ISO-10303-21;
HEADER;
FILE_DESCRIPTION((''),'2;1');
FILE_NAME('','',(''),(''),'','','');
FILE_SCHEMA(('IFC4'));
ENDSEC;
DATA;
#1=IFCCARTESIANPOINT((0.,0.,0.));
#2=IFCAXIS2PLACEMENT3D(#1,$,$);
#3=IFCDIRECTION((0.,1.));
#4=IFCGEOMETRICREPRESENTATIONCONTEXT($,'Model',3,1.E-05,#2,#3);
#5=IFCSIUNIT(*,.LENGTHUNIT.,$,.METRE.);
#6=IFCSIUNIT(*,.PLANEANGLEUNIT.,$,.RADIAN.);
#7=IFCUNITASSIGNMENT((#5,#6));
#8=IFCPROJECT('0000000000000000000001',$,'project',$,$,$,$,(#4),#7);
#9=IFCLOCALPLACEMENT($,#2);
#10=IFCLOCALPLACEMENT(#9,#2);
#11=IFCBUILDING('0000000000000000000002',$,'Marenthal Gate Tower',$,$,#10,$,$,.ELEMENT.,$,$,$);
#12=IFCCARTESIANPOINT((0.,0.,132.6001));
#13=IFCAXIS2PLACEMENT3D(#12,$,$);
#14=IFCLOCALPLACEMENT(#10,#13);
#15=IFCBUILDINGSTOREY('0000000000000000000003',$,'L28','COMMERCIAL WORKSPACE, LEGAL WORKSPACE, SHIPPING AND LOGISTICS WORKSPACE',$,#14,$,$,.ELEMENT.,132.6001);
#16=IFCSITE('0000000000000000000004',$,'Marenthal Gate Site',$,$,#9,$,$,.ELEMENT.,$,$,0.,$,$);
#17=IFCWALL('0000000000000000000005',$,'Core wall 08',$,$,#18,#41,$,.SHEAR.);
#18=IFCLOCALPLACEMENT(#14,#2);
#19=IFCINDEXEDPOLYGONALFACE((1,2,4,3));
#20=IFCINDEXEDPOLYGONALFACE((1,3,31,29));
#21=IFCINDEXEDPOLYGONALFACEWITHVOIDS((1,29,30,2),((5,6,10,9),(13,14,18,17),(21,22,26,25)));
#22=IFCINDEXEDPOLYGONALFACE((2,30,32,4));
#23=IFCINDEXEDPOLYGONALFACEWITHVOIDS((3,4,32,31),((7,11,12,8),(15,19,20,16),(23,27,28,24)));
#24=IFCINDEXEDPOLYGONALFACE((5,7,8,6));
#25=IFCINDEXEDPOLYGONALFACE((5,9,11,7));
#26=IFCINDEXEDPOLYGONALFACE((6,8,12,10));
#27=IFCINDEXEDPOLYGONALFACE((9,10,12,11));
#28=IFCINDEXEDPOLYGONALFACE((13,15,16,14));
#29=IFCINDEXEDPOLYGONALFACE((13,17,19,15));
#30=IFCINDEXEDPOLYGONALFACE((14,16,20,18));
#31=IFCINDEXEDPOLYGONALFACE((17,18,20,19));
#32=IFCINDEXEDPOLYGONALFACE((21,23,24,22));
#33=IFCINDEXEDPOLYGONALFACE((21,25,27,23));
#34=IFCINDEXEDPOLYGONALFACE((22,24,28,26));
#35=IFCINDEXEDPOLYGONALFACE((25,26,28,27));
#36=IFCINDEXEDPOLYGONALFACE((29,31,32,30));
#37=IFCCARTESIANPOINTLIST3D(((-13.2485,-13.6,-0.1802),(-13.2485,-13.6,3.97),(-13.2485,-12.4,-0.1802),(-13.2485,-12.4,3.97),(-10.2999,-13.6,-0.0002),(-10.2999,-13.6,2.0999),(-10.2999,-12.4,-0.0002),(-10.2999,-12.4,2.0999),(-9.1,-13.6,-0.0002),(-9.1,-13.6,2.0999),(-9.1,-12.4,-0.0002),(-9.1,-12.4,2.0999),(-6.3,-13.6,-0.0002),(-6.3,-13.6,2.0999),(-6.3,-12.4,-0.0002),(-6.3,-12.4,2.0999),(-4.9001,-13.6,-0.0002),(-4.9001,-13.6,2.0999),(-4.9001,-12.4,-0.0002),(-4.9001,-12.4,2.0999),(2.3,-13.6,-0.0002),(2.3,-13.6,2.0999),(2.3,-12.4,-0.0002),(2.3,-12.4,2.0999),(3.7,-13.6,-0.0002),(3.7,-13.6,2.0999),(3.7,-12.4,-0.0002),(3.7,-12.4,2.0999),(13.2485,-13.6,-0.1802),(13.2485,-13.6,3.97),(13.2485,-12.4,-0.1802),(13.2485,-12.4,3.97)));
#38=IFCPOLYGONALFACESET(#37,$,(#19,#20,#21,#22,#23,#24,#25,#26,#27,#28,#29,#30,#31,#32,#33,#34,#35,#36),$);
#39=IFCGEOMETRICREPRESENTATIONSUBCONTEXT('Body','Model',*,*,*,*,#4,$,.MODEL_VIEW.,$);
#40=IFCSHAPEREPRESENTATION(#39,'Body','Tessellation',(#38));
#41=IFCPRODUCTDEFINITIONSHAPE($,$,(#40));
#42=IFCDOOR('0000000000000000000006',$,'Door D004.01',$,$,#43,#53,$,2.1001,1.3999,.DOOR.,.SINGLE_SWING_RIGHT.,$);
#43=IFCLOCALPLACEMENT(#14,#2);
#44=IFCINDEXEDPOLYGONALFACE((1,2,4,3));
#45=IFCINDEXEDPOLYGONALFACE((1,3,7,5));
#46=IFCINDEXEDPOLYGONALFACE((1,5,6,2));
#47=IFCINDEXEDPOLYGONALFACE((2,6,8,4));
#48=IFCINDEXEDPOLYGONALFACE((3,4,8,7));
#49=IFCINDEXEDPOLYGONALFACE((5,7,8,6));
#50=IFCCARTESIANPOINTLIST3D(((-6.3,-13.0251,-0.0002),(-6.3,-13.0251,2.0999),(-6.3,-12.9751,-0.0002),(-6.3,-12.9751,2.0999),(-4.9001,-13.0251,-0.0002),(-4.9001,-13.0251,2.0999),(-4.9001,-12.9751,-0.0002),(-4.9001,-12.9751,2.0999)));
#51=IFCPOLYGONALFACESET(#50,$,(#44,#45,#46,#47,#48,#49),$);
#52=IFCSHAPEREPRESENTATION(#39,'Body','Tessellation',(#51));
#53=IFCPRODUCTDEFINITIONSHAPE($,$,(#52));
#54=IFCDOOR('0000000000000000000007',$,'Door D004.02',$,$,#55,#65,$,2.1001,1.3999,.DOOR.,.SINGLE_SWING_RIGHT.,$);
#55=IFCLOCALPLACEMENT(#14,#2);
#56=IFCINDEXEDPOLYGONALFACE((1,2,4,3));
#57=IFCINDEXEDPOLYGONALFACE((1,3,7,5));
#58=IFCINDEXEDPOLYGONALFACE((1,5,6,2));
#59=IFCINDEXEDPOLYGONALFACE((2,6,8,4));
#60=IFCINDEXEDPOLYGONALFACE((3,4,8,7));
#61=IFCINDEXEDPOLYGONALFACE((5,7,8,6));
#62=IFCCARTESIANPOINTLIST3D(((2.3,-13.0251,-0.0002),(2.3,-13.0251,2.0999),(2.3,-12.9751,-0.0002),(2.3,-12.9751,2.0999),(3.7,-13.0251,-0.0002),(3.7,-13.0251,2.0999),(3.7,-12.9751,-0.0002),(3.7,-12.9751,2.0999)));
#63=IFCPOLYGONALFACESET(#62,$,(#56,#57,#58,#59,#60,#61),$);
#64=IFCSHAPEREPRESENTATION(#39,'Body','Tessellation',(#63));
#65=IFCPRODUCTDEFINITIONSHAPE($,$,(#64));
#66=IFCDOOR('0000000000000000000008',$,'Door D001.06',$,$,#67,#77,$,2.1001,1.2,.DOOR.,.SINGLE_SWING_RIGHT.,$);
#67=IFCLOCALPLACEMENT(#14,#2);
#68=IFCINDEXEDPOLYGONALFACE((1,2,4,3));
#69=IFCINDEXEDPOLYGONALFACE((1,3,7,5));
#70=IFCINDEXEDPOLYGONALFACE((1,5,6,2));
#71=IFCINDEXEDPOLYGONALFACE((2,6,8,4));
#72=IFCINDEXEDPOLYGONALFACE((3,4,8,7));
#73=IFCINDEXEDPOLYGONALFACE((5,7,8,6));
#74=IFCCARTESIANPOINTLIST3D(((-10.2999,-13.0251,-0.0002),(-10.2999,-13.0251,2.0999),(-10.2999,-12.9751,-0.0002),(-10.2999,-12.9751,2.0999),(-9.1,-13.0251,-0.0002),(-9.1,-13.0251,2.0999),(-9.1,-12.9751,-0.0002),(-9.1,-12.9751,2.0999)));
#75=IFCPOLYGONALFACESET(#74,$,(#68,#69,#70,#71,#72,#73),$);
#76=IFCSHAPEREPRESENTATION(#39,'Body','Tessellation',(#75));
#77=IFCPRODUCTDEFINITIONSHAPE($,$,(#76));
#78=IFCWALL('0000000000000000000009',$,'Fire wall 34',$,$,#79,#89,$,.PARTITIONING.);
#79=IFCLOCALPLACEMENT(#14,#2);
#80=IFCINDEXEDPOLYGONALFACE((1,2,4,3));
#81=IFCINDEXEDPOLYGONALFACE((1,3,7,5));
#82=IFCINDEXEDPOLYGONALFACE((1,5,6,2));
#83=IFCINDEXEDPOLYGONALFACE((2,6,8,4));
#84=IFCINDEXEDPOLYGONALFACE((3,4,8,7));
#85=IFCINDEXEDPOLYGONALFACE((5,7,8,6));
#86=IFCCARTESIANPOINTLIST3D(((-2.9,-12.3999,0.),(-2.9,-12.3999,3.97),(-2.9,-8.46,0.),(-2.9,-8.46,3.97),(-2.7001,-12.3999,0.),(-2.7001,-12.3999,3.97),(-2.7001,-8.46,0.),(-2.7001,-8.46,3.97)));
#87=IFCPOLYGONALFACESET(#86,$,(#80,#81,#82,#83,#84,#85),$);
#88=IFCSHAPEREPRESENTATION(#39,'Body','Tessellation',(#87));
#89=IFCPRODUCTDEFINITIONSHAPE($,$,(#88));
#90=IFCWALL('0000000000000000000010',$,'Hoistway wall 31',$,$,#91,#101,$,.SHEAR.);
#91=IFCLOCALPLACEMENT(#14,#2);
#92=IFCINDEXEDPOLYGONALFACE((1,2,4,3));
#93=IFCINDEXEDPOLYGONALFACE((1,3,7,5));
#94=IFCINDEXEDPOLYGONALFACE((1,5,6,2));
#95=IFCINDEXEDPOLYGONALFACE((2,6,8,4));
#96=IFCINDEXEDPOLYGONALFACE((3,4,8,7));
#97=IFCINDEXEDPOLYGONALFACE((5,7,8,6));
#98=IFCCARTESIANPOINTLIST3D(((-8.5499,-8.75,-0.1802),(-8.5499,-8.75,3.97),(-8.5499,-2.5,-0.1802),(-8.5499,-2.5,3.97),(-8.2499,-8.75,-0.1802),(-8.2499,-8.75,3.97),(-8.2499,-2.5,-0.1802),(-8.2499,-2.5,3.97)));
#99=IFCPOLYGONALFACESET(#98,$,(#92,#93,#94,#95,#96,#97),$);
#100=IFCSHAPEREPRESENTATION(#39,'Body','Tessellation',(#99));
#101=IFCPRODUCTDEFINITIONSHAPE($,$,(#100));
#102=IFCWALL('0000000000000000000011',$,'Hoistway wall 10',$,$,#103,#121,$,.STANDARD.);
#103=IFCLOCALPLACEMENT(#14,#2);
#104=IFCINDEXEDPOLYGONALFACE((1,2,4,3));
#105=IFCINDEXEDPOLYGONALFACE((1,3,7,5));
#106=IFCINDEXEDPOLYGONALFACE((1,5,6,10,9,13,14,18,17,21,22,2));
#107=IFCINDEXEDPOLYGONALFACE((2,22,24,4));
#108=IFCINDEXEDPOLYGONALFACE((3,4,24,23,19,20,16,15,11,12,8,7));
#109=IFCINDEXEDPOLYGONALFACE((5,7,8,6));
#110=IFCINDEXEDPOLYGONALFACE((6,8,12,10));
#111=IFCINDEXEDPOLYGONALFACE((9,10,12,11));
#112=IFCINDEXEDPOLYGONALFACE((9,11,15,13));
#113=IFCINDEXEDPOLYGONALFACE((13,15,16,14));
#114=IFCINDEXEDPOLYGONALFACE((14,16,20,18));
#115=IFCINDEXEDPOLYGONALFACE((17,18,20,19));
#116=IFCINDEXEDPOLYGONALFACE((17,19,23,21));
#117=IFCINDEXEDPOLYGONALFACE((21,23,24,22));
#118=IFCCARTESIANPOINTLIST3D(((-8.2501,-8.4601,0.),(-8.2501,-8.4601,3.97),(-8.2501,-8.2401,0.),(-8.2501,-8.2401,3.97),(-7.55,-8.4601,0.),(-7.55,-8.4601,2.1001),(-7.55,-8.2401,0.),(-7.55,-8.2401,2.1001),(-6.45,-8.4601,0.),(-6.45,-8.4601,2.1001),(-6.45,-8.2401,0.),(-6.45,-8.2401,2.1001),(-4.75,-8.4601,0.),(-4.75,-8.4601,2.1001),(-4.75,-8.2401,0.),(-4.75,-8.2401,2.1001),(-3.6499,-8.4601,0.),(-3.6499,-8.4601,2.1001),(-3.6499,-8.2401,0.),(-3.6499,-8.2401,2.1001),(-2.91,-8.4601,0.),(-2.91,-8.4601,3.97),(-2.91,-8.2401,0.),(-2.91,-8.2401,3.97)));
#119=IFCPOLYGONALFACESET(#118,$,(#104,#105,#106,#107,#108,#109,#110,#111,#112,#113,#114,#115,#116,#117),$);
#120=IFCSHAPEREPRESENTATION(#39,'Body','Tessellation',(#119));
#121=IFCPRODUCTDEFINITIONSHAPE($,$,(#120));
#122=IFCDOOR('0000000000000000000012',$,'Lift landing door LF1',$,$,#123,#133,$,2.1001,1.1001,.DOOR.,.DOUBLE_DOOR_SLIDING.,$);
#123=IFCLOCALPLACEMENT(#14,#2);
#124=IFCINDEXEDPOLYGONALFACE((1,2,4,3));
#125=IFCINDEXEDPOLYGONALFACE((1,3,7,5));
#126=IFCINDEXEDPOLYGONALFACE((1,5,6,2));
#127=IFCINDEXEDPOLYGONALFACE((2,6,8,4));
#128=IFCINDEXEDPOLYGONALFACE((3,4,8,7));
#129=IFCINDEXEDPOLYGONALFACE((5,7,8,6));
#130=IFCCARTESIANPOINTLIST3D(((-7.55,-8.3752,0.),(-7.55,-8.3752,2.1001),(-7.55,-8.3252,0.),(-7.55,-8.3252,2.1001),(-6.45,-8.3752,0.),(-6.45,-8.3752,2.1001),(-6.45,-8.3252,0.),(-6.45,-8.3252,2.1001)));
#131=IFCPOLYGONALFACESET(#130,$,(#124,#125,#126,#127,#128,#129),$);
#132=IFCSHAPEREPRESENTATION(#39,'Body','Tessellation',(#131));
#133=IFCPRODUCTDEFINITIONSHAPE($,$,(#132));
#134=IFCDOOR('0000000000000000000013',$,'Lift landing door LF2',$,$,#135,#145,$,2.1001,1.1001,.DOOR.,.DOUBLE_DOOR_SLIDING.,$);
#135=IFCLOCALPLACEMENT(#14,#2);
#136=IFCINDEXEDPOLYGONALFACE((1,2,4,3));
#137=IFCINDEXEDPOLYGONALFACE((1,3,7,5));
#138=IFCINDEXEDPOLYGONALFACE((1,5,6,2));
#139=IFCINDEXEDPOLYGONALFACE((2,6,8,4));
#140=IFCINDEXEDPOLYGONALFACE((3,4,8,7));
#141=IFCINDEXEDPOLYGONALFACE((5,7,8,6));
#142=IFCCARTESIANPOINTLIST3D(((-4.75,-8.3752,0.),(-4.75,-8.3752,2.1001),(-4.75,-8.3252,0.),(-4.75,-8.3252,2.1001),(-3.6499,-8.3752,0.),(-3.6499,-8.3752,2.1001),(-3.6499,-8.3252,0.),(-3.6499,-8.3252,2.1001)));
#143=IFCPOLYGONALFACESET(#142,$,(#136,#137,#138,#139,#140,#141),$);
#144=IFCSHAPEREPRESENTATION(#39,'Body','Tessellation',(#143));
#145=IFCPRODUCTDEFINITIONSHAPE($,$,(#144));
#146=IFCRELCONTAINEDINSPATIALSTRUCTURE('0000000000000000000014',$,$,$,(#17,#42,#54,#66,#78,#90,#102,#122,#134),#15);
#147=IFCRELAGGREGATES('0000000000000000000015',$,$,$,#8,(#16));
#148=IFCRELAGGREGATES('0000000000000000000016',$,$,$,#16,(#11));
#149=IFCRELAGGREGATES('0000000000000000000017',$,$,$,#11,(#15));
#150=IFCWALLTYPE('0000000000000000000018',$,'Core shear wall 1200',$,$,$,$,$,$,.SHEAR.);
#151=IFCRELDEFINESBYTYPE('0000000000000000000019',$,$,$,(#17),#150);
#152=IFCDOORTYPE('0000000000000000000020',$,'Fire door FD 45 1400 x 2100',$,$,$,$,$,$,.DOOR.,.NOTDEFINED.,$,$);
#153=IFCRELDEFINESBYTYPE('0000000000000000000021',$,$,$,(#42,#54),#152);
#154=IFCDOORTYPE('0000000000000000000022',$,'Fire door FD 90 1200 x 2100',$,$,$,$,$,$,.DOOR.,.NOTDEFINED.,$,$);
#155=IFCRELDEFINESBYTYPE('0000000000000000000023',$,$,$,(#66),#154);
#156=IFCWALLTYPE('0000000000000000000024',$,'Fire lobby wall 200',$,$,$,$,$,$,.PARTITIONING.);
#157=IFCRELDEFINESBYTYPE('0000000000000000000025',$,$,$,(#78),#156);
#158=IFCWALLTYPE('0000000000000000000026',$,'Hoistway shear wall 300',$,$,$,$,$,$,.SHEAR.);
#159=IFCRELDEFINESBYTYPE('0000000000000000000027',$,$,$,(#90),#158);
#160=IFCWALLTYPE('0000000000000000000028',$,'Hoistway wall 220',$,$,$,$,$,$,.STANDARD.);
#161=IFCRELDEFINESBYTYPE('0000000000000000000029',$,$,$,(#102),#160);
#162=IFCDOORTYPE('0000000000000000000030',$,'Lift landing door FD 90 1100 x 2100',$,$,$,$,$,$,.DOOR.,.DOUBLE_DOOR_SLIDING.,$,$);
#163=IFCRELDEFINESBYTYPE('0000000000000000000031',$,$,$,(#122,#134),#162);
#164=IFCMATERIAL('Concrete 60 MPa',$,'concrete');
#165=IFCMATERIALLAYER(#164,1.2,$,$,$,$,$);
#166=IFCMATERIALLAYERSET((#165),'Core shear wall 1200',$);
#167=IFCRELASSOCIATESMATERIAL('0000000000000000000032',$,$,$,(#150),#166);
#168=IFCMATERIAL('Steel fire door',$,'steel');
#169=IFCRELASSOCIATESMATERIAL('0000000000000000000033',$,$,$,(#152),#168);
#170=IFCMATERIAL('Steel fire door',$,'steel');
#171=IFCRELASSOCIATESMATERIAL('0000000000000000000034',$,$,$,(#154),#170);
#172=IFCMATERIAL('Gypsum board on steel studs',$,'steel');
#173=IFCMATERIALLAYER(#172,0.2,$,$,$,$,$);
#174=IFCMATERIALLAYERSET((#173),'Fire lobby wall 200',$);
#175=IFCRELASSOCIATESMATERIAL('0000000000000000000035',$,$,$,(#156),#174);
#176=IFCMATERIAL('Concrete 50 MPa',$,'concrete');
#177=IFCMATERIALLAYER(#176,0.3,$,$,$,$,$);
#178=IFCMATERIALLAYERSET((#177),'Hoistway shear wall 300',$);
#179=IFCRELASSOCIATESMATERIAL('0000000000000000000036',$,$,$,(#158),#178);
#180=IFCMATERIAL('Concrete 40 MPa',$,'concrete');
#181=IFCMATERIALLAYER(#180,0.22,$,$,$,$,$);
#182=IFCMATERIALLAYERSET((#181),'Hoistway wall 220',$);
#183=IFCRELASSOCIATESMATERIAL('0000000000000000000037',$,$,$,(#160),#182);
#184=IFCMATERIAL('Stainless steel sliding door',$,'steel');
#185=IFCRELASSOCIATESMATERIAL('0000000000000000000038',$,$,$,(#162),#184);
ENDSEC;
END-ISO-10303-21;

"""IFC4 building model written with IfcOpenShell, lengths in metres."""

from ifc_helpers import new_model, si_unit, direction, frame, frame_2d, origin, place, context, subcontext, project, spatial, rectangle, extrude, material, layer, layer_set, type_object, element, fill, save


model = new_model("IFC4")

# Units and contexts
model_context = context("Model", 3, precision=1e-05, world=origin(), true_north=direction((0.0, 1.0)))
body_context = subcontext(model_context, "Body", "Model", "MODEL_VIEW")
ifc_project = project(units=[si_unit("LENGTHUNIT", "METRE"), si_unit("PLANEANGLEUNIT", "RADIAN")], contexts=[model_context])

# Site, building, storey
site_placement = place(None, origin())
site = spatial("IfcSite", under=ifc_project, at=site_placement, Name="Marenthal Gate Site", CompositionType="ELEMENT", RefElevation=0.0)
building_placement = place(site_placement, origin())
building = spatial("IfcBuilding", under=site, at=building_placement, Name="Marenthal Gate Tower", CompositionType="ELEMENT")
storey_placement = place(building_placement, frame((0.0, 0.0, 132.6001)))
storey = spatial("IfcBuildingStorey", under=building, at=storey_placement, Name="L28", Description="COMMERCIAL WORKSPACE, LEGAL WORKSPACE, SHIPPING AND LOGISTICS WORKSPACE", CompositionType="ELEMENT", Elevation=132.6001)

# Wall, openings, doors
ifc_material_1 = material(Name="Concrete 60 MPa", Category="concrete")
ifc_layer_1 = layer(ifc_material_1, 1.2)
ifc_layer_set_1 = layer_set([ifc_layer_1], Name="Core shear wall 1200")
wall_type_1 = type_object("IfcWallType", Name="Core shear wall 1200", PredefinedType="SHEAR", material=ifc_layer_set_1)
wall_1_placement = place(storey_placement, frame((-13.2485, -13.0, -0.1802), z_axis=(0.0, 0.0, 1.0), x_axis=(1.0, 0.0, 0.0)))
wall_1 = element("IfcWall", 1, at=wall_1_placement, inside=storey, type_object=wall_type_1, Name="Core wall 08", PredefinedType="SHEAR", context=body_context, shape_type="SweptSolid", body=[
    extrude(rectangle(XDim=26.4971, YDim=1.2, at=frame_2d((13.2485, 0.0))), origin(), (0.0, 0.0, 1.0), 4.1501),
])
opening_1_placement = place(wall_1_placement, frame((2.9485, 0.0, 0.1799)))
opening_1 = element("IfcOpeningElement", 2, at=opening_1_placement, cuts=wall_1, PredefinedType="OPENING", context=body_context, shape_type="SweptSolid", body=[
    extrude(rectangle(XDim=1.2, YDim=2.1001, at=frame_2d((0.6001, 1.05))), frame((0.0, 0.6099, 0.0), z_axis=(0.0, -1.0, 0.0), x_axis=(1.0, 0.0, 0.0)), (0.0, 0.0, 1.0), 1.22),
])
opening_2_placement = place(wall_1_placement, frame((6.9485, 0.0, 0.1799)))
opening_2 = element("IfcOpeningElement", 3, at=opening_2_placement, cuts=wall_1, PredefinedType="OPENING", context=body_context, shape_type="SweptSolid", body=[
    extrude(rectangle(XDim=1.3999, YDim=2.1001, at=frame_2d((0.7, 1.05))), frame((0.0, 0.6099, 0.0), z_axis=(0.0, -1.0, 0.0), x_axis=(1.0, 0.0, 0.0)), (0.0, 0.0, 1.0), 1.22),
])
opening_3_placement = place(wall_1_placement, frame((15.5486, 0.0, 0.1799)))
opening_3 = element("IfcOpeningElement", 4, at=opening_3_placement, cuts=wall_1, PredefinedType="OPENING", context=body_context, shape_type="SweptSolid", body=[
    extrude(rectangle(XDim=1.3999, YDim=2.1001, at=frame_2d((0.7, 1.05))), frame((0.0, 0.6099, 0.0), z_axis=(0.0, -1.0, 0.0), x_axis=(1.0, 0.0, 0.0)), (0.0, 0.0, 1.0), 1.22),
])
ifc_material_2 = material(Name="Steel fire door", Category="steel")
door_type_1 = type_object("IfcDoorType", Name="Fire door FD 45 1400 x 2100", OperationType="NOTDEFINED", PredefinedType="DOOR", material=ifc_material_2)
door_1_placement = place(opening_2_placement, origin())
door_1 = element("IfcDoor", 5, at=door_1_placement, inside=storey, type_object=door_type_1, Name="Door D004.01", OperationType="SINGLE_SWING_RIGHT", OverallHeight=2.1001, OverallWidth=1.3999, PredefinedType="DOOR", context=body_context, shape_type="SweptSolid", body=[
    extrude(rectangle(XDim=1.3999, YDim=2.1001, at=frame_2d((0.7, 1.05))), frame((0.0, 0.0249, 0.0), z_axis=(0.0, -1.0, 0.0), x_axis=(1.0, 0.0, 0.0)), (0.0, 0.0, 1.0), 0.05),
])
fill(opening_2, door_1)
door_2_placement = place(opening_3_placement, origin())
door_2 = element("IfcDoor", 6, at=door_2_placement, inside=storey, type_object=door_type_1, Name="Door D004.02", OperationType="SINGLE_SWING_RIGHT", OverallHeight=2.1001, OverallWidth=1.3999, PredefinedType="DOOR", context=body_context, shape_type="SweptSolid", body=[
    extrude(rectangle(XDim=1.3999, YDim=2.1001, at=frame_2d((0.7, 1.05))), frame((0.0, 0.0249, 0.0), z_axis=(0.0, -1.0, 0.0), x_axis=(1.0, 0.0, 0.0)), (0.0, 0.0, 1.0), 0.05),
])
fill(opening_3, door_2)
ifc_material_3 = material(Name="Steel fire door", Category="steel")
door_type_2 = type_object("IfcDoorType", Name="Fire door FD 90 1200 x 2100", OperationType="NOTDEFINED", PredefinedType="DOOR", material=ifc_material_3)
door_3_placement = place(opening_1_placement, origin())
door_3 = element("IfcDoor", 7, at=door_3_placement, inside=storey, type_object=door_type_2, Name="Door D001.06", OperationType="SINGLE_SWING_RIGHT", OverallHeight=2.1001, OverallWidth=1.2, PredefinedType="DOOR", context=body_context, shape_type="SweptSolid", body=[
    extrude(rectangle(XDim=1.2, YDim=2.1001, at=frame_2d((0.6001, 1.05))), frame((0.0, 0.0249, 0.0), z_axis=(0.0, -1.0, 0.0), x_axis=(1.0, 0.0, 0.0)), (0.0, 0.0, 1.0), 0.05),
])
fill(opening_1, door_3)

# Walls
ifc_material_4 = material(Name="Gypsum board on steel studs", Category="steel")
ifc_layer_2 = layer(ifc_material_4, 0.2)
ifc_layer_set_2 = layer_set([ifc_layer_2], Name="Fire lobby wall 200")
wall_type_2 = type_object("IfcWallType", Name="Fire lobby wall 200", PredefinedType="PARTITIONING", material=ifc_layer_set_2)
wall_2_placement = place(storey_placement, frame((-2.8, -12.3999, 0.0), z_axis=(0.0, 0.0, 1.0), x_axis=(0.0, 1.0, 0.0)))
element("IfcWall", 8, at=wall_2_placement, inside=storey, type_object=wall_type_2, Name="Fire wall 34", PredefinedType="PARTITIONING", context=body_context, shape_type="SweptSolid", body=[
    extrude(rectangle(XDim=3.9399, YDim=0.2, at=frame_2d((1.97, 0.0))), origin(), (0.0, 0.0, 1.0), 3.97),
])
ifc_material_5 = material(Name="Concrete 50 MPa", Category="concrete")
ifc_layer_3 = layer(ifc_material_5, 0.3)
ifc_layer_set_3 = layer_set([ifc_layer_3], Name="Hoistway shear wall 300")
wall_type_3 = type_object("IfcWallType", Name="Hoistway shear wall 300", PredefinedType="SHEAR", material=ifc_layer_set_3)
wall_3_placement = place(storey_placement, frame((-8.3999, -8.75, -0.1802), z_axis=(0.0, 0.0, 1.0), x_axis=(0.0, 1.0, 0.0)))
element("IfcWall", 9, at=wall_3_placement, inside=storey, type_object=wall_type_3, Name="Hoistway wall 31", PredefinedType="SHEAR", context=body_context, shape_type="SweptSolid", body=[
    extrude(rectangle(XDim=6.25, YDim=0.3, at=frame_2d((3.125, 0.0))), origin(), (0.0, 0.0, 1.0), 4.1501),
])

# Wall, openings, doors
ifc_material_6 = material(Name="Concrete 40 MPa", Category="concrete")
ifc_layer_4 = layer(ifc_material_6, 0.22)
ifc_layer_set_4 = layer_set([ifc_layer_4], Name="Hoistway wall 220")
wall_type_4 = type_object("IfcWallType", Name="Hoistway wall 220", PredefinedType="STANDARD", material=ifc_layer_set_4)
wall_4_placement = place(storey_placement, frame((-8.25, -8.3501, 0.0), z_axis=(0.0, 0.0, 1.0), x_axis=(1.0, 0.0, 0.0)))
wall_4 = element("IfcWall", 10, at=wall_4_placement, inside=storey, type_object=wall_type_4, Name="Hoistway wall 10", PredefinedType="STANDARD", context=body_context, shape_type="SweptSolid", body=[
    extrude(rectangle(XDim=5.3401, YDim=0.22, at=frame_2d((2.6699, 0.0))), origin(), (0.0, 0.0, 1.0), 3.97),
])
opening_4_placement = place(wall_4_placement, frame((0.7, 0.0, 0.0)))
opening_4 = element("IfcOpeningElement", 11, at=opening_4_placement, cuts=wall_4, PredefinedType="OPENING", context=body_context, shape_type="SweptSolid", body=[
    extrude(rectangle(XDim=1.1001, YDim=2.1001, at=frame_2d((0.55, 1.05))), frame((0.0, 0.1201, 0.0), z_axis=(0.0, -1.0, 0.0), x_axis=(1.0, 0.0, 0.0)), (0.0, 0.0, 1.0), 0.24),
])
opening_5_placement = place(wall_4_placement, frame((3.5, 0.0, 0.0)))
opening_5 = element("IfcOpeningElement", 12, at=opening_5_placement, cuts=wall_4, PredefinedType="OPENING", context=body_context, shape_type="SweptSolid", body=[
    extrude(rectangle(XDim=1.1001, YDim=2.1001, at=frame_2d((0.55, 1.05))), frame((0.0, 0.1201, 0.0), z_axis=(0.0, -1.0, 0.0), x_axis=(1.0, 0.0, 0.0)), (0.0, 0.0, 1.0), 0.24),
])
ifc_material_7 = material(Name="Stainless steel sliding door", Category="steel")
door_type_3 = type_object("IfcDoorType", Name="Lift landing door FD 90 1100 x 2100", OperationType="DOUBLE_DOOR_SLIDING", PredefinedType="DOOR", material=ifc_material_7)
door_4_placement = place(opening_4_placement, origin())
door_4 = element("IfcDoor", 13, at=door_4_placement, inside=storey, type_object=door_type_3, Name="Lift landing door LF1", OperationType="DOUBLE_DOOR_SLIDING", OverallHeight=2.1001, OverallWidth=1.1001, PredefinedType="DOOR", context=body_context, shape_type="SweptSolid", body=[
    extrude(rectangle(XDim=1.1001, YDim=2.1001, at=frame_2d((0.55, 1.05))), frame((0.0, 0.0249, 0.0), z_axis=(0.0, -1.0, 0.0), x_axis=(1.0, 0.0, 0.0)), (0.0, 0.0, 1.0), 0.05),
])
fill(opening_4, door_4)
door_5_placement = place(opening_5_placement, origin())
door_5 = element("IfcDoor", 14, at=door_5_placement, inside=storey, type_object=door_type_3, Name="Lift landing door LF2", OperationType="DOUBLE_DOOR_SLIDING", OverallHeight=2.1001, OverallWidth=1.1001, PredefinedType="DOOR", context=body_context, shape_type="SweptSolid", body=[
    extrude(rectangle(XDim=1.1001, YDim=2.1001, at=frame_2d((0.55, 1.05))), frame((0.0, 0.0249, 0.0), z_axis=(0.0, -1.0, 0.0), x_axis=(1.0, 0.0, 0.0)), (0.0, 0.0, 1.0), 0.05),
])
fill(opening_5, door_5)

save(model, "model.ifc")
